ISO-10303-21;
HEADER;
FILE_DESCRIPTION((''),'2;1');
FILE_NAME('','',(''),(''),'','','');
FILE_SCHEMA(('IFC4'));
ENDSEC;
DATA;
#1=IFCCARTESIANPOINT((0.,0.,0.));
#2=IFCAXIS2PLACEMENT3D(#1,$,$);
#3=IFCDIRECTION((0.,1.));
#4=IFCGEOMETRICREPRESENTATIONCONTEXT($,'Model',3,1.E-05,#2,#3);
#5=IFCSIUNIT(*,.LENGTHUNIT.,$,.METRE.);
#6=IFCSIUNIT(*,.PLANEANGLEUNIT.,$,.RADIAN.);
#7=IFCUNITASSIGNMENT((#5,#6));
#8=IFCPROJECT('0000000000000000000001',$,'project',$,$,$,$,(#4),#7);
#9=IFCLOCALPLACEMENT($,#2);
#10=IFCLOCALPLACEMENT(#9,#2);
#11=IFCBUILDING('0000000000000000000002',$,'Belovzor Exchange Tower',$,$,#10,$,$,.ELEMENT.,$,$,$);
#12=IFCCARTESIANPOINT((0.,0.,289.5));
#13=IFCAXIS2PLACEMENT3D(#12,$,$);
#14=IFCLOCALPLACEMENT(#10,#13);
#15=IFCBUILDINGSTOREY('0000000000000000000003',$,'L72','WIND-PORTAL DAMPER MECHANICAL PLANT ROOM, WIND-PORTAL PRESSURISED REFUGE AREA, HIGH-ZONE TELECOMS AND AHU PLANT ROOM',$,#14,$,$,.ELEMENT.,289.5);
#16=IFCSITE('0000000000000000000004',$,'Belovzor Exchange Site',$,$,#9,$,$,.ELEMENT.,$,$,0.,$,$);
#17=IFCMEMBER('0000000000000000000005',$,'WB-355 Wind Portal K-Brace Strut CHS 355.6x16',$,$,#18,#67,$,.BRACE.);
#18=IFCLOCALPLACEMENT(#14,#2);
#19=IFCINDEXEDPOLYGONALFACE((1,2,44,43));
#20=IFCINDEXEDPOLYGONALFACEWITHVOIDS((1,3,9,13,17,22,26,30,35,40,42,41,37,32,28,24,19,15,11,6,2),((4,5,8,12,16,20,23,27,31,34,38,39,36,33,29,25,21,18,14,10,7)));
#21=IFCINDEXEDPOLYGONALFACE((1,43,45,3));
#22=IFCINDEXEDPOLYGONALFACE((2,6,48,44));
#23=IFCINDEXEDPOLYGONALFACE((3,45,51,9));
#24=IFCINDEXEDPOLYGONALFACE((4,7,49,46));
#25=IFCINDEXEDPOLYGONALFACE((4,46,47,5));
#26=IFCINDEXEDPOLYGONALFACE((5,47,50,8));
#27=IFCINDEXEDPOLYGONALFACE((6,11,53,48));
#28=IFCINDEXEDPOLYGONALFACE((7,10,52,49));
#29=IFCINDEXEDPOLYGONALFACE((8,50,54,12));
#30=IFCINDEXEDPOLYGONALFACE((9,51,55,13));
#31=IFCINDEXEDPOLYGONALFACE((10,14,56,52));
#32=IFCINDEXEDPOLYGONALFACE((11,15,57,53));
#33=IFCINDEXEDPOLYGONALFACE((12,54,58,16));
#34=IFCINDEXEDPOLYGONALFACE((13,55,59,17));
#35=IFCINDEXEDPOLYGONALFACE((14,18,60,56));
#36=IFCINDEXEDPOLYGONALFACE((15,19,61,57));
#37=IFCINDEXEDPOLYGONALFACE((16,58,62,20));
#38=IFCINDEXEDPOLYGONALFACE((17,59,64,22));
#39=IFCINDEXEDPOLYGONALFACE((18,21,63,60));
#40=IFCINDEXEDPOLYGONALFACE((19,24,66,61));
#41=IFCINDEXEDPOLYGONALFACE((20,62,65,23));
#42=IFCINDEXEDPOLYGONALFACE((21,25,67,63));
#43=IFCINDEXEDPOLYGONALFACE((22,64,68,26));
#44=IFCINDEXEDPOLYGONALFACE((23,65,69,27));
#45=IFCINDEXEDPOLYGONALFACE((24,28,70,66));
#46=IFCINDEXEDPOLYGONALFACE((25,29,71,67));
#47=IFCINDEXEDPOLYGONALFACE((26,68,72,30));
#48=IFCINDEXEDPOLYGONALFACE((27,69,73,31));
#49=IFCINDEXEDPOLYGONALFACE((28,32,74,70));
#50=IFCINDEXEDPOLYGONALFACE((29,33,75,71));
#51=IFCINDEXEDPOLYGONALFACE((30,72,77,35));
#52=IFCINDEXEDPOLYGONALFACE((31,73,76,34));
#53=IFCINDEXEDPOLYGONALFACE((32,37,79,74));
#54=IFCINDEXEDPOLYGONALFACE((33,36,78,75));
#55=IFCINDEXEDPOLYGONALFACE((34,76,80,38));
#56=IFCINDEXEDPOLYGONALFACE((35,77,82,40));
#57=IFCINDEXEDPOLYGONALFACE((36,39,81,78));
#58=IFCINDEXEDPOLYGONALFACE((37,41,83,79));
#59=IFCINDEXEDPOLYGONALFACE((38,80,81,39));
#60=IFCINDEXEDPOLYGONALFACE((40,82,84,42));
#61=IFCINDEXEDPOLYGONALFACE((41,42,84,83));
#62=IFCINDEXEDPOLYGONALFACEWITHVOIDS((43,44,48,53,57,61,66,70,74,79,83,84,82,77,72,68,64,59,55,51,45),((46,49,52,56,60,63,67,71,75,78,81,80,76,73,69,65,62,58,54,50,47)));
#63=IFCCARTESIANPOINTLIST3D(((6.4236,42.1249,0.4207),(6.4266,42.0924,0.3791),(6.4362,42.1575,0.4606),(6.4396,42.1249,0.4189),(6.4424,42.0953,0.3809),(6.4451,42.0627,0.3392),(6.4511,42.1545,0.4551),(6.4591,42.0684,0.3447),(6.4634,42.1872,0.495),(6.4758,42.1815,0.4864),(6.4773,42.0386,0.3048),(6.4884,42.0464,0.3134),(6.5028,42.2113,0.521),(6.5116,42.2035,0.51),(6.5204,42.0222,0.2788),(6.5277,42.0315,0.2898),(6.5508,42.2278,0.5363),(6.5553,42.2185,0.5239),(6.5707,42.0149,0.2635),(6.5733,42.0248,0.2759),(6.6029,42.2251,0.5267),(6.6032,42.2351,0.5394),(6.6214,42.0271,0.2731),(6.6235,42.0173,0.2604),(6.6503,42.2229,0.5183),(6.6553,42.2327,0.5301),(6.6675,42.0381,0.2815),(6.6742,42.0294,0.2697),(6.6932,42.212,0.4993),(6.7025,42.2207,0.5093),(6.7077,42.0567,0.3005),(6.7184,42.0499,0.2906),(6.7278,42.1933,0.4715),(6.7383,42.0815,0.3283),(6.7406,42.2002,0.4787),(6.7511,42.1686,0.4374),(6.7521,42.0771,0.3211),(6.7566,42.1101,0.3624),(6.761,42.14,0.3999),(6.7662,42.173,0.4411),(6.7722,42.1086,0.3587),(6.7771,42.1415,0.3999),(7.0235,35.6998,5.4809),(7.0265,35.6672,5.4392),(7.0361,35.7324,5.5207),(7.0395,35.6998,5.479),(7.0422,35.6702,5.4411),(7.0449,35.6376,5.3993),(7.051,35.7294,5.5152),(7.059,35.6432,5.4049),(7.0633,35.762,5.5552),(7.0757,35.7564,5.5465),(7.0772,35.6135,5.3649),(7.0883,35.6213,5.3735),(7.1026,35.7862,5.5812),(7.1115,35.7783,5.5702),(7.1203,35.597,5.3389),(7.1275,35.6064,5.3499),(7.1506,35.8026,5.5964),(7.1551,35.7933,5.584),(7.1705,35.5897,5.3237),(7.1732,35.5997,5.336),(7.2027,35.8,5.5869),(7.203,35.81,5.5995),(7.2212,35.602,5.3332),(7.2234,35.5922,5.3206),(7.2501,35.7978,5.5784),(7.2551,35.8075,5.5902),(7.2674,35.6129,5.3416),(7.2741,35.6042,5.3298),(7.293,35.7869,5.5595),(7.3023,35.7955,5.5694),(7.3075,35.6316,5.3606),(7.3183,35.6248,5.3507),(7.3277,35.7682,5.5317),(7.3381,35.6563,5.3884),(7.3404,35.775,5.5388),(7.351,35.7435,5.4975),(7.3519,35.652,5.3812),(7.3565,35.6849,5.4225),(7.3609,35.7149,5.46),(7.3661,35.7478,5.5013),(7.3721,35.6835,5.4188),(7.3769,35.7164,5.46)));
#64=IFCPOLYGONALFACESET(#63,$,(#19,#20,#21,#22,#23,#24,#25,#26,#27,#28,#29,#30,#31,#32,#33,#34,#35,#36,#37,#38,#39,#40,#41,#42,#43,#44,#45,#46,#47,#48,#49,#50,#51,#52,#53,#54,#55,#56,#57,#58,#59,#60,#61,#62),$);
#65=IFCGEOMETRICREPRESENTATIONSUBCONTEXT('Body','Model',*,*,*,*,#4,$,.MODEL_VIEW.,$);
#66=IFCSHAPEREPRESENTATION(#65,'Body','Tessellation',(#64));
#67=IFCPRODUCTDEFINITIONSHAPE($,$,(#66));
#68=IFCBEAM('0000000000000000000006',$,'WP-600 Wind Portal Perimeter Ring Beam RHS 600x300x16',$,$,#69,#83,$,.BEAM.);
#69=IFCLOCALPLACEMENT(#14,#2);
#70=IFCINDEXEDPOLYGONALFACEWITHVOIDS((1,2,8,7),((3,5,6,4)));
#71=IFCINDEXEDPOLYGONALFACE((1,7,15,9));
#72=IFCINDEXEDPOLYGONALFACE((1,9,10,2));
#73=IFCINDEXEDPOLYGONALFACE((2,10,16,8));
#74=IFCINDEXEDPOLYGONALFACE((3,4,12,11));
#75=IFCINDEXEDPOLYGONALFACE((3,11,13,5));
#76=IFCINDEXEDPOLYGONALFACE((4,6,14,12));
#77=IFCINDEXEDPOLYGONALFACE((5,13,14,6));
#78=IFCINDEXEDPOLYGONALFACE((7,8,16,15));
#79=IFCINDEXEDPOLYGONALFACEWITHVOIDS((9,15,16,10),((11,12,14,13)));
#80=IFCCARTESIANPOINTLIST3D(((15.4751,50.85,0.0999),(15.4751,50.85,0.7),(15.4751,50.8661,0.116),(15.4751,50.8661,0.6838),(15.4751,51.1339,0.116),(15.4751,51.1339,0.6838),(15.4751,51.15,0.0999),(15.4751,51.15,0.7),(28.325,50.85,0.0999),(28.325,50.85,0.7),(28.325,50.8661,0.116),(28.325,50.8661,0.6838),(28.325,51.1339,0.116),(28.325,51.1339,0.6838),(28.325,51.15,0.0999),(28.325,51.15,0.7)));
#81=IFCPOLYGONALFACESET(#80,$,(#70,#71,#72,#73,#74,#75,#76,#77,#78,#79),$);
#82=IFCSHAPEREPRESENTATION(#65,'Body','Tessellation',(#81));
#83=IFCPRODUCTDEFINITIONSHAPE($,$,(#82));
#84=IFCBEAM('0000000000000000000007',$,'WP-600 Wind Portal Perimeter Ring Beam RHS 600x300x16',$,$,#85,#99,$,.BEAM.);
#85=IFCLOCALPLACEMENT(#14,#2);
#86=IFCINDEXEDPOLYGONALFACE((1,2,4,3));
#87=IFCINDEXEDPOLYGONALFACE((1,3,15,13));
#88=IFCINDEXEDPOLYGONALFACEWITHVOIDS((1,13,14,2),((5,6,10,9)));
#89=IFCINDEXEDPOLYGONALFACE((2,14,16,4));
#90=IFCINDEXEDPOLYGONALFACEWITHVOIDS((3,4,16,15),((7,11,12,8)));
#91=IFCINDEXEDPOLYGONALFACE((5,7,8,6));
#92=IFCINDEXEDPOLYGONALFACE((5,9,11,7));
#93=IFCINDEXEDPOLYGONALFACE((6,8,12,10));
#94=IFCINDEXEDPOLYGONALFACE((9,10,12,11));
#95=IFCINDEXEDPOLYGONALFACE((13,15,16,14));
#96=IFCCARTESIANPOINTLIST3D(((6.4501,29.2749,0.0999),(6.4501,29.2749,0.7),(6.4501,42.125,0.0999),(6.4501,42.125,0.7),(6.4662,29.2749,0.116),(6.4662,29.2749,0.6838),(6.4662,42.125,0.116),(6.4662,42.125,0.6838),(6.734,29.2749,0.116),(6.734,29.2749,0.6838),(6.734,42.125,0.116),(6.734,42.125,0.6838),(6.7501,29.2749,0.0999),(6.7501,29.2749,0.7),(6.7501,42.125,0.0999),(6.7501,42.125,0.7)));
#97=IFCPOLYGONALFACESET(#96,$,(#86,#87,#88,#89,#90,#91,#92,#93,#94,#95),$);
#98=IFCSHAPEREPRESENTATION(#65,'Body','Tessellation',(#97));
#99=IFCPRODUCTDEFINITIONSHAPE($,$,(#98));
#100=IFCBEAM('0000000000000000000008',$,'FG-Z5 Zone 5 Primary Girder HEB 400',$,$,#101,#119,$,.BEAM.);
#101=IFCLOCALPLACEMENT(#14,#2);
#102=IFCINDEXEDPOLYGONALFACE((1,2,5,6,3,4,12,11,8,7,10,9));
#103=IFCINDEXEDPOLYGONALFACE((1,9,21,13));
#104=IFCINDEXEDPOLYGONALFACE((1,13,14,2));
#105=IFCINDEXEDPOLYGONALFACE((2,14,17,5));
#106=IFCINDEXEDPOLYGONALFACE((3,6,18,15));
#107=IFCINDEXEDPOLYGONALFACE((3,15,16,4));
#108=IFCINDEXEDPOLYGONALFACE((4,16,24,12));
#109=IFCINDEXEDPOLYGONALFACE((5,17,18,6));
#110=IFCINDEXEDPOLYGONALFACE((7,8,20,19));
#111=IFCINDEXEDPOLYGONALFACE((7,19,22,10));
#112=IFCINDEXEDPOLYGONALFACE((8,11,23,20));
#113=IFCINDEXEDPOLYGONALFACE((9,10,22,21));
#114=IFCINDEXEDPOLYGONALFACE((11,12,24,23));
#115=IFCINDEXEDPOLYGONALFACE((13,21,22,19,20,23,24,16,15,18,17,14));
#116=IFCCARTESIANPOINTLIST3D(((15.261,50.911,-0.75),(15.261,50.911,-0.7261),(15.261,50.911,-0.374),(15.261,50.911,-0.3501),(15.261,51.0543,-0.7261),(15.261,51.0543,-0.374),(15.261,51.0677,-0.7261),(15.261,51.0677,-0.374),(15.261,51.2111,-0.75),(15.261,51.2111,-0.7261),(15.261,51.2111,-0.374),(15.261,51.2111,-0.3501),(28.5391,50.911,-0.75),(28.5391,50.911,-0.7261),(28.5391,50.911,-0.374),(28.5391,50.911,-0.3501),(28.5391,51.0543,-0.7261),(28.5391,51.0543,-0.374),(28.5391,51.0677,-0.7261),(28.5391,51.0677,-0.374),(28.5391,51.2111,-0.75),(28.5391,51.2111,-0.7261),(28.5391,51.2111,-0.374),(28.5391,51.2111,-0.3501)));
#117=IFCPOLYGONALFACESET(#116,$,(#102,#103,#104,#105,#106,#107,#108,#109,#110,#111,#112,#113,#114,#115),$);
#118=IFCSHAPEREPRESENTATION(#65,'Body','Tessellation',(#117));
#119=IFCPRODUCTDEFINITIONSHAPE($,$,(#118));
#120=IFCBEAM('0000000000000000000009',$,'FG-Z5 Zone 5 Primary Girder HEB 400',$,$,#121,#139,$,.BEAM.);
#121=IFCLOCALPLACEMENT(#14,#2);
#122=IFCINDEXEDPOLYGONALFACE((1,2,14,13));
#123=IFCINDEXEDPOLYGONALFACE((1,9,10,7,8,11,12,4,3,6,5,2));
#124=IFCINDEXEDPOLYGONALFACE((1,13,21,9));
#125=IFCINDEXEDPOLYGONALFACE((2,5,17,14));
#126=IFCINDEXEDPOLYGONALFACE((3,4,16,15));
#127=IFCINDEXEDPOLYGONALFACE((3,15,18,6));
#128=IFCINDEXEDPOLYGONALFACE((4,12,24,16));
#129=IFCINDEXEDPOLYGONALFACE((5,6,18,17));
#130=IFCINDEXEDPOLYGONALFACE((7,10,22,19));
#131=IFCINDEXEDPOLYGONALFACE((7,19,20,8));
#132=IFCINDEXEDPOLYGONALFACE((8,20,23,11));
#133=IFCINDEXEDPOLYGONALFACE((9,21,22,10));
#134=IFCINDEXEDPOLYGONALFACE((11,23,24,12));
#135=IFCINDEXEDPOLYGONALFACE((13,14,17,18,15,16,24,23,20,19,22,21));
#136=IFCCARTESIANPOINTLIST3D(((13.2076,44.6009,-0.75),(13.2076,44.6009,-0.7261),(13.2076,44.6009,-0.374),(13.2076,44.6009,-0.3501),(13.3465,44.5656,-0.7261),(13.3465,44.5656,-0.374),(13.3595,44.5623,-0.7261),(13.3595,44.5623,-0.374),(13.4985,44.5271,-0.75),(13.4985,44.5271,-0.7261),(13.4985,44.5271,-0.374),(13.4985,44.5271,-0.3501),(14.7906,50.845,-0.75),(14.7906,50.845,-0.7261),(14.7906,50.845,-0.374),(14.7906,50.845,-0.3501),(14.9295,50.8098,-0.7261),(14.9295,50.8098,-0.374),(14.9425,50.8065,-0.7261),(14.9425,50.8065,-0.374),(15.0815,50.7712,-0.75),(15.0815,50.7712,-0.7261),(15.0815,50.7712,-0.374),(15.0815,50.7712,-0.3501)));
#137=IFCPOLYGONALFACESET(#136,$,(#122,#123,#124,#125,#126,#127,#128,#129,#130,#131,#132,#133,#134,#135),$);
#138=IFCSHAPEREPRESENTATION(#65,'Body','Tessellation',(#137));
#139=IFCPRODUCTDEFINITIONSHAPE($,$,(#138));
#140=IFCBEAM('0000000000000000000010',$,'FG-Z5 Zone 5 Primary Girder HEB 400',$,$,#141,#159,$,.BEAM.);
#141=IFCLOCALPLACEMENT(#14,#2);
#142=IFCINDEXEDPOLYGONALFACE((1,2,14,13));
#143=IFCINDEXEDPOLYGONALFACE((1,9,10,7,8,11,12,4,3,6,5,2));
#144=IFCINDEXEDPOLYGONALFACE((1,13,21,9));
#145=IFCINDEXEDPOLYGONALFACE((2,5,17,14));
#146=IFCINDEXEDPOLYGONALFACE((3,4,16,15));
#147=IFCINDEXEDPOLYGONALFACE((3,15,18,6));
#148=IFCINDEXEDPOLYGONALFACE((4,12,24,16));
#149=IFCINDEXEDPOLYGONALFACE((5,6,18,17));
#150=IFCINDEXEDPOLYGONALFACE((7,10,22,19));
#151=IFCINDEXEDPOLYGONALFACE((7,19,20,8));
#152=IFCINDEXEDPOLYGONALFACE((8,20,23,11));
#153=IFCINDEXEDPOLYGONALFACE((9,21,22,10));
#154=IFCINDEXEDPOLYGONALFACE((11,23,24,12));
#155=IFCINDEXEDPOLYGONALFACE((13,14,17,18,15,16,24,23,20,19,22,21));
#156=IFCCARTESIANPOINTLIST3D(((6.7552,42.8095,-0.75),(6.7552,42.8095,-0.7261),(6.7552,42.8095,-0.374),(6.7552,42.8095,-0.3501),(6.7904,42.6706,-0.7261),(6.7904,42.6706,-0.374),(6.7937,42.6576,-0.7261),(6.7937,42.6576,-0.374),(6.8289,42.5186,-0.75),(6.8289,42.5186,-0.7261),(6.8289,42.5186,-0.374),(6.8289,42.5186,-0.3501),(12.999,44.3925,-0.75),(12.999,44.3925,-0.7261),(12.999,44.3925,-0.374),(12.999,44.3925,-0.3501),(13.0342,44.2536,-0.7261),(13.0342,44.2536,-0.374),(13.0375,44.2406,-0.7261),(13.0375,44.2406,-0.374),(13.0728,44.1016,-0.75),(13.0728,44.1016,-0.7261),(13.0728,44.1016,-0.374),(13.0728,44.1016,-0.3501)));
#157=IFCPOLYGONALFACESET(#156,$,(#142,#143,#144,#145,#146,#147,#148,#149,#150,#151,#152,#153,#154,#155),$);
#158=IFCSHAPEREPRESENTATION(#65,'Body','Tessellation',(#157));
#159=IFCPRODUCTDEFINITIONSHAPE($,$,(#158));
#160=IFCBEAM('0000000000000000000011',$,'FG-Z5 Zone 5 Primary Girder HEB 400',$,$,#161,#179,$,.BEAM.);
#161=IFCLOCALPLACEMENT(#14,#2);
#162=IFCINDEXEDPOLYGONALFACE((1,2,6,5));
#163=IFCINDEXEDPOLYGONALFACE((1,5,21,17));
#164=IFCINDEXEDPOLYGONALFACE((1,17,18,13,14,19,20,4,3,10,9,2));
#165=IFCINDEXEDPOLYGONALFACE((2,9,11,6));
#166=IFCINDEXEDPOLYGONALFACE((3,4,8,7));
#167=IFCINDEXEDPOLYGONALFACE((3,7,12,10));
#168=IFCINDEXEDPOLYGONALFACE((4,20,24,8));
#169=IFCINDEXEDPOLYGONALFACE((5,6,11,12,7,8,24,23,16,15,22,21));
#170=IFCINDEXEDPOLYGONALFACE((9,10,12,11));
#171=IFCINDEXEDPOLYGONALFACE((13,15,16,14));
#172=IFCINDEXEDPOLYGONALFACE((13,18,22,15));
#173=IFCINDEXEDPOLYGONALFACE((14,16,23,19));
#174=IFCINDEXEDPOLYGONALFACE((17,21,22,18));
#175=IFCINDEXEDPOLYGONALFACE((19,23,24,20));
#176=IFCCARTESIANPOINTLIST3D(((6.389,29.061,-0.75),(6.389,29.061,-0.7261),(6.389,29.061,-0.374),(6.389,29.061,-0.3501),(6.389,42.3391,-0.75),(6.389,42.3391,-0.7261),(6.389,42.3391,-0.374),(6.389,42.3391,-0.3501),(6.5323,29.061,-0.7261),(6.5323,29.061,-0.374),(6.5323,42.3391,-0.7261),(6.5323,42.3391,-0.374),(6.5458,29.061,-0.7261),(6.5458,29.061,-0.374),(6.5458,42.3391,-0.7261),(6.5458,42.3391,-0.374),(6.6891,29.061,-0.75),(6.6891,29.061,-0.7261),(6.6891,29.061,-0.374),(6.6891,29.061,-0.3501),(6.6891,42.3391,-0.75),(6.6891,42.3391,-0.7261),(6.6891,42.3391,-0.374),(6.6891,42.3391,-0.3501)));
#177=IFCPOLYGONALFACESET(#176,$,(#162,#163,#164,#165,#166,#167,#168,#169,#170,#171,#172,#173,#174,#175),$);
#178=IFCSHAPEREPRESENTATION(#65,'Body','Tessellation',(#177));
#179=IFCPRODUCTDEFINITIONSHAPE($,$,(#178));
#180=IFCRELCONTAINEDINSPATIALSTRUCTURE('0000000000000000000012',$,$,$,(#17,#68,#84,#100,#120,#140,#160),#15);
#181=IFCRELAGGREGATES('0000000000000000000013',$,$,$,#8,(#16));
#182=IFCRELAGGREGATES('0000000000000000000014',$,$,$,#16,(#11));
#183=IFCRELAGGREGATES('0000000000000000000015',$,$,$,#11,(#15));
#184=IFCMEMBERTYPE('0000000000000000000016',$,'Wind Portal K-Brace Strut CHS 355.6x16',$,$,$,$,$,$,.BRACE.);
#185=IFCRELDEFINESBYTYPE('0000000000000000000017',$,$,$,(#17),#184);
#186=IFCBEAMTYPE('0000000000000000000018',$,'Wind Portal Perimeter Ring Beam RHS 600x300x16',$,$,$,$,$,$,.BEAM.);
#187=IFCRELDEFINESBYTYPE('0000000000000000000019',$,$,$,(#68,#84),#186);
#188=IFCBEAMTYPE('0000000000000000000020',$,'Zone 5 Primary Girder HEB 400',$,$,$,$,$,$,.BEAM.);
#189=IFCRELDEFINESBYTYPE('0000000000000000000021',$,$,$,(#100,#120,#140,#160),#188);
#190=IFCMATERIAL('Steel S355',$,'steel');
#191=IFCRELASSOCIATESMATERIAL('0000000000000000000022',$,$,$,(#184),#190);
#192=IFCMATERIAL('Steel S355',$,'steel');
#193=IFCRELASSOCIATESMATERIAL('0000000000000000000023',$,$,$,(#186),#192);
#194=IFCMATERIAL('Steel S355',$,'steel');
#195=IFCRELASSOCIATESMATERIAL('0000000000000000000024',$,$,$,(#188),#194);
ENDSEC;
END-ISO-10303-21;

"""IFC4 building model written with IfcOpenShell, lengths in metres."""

from ifc_helpers import new_model, si_unit, direction, frame, origin, origin_2d, place, context, subcontext, project, spatial, hollow_rectangle, hollow_circle, i_section, extrude, material, material_profile, profile_set, type_object, element, save


model = new_model("IFC4")

# Units and contexts
model_context = context("Model", 3, precision=1e-05, world=origin(), true_north=direction((0.0, 1.0)))
body_context = subcontext(model_context, "Body", "Model", "MODEL_VIEW")
ifc_project = project(units=[si_unit("LENGTHUNIT", "METRE"), si_unit("PLANEANGLEUNIT", "RADIAN")], contexts=[model_context])

# Site, building, storey
site_placement = place(None, origin())
site = spatial("IfcSite", under=ifc_project, at=site_placement, Name="Belovzor Exchange Site", CompositionType="ELEMENT", RefElevation=0.0)
building_placement = place(site_placement, origin())
building = spatial("IfcBuilding", under=site, at=building_placement, Name="Belovzor Exchange Tower", CompositionType="ELEMENT")
storey_placement = place(building_placement, frame((0.0, 0.0, 289.5)))
storey = spatial("IfcBuildingStorey", under=building, at=storey_placement, Name="L72", Description="WIND-PORTAL DAMPER MECHANICAL PLANT ROOM, WIND-PORTAL PRESSURISED REFUGE AREA, HIGH-ZONE TELECOMS AND AHU PLANT ROOM", CompositionType="ELEMENT", Elevation=289.5)

# Member
ifc_material_1 = material(Name="Steel S355", Category="steel")
ifc_material_profile_1 = material_profile(ifc_material_1, hollow_circle(Radius=0.1777, WallThickness=0.0161, at=origin_2d()))
ifc_profile_set_1 = profile_set([ifc_material_profile_1], Name="Steel S355")
member_type = type_object("IfcMemberType", Name="Wind Portal K-Brace Strut CHS 355.6x16", PredefinedType="BRACE", material=ifc_profile_set_1)
member_1_placement = place(storey_placement, frame((6.6001, 42.125, 0.3999), z_axis=(0.07315, -0.783512, 0.617056), x_axis=(0.99567, 0.092957, 0.0)))
element("IfcMember", 1, at=member_1_placement, inside=storey, type_object=member_type, Name="WB-355 Wind Portal K-Brace Strut CHS 355.6x16", PredefinedType="BRACE", context=body_context, shape_type="SweptSolid", body=[
    extrude(hollow_circle(Radius=0.1777, WallThickness=0.0161, at=origin_2d()), origin(), (0.0, 0.0, 1.0), 8.2004),
])

# Beams
ifc_material_2 = material(Name="Steel S355", Category="steel")
ifc_material_profile_2 = material_profile(ifc_material_2, hollow_rectangle(XDim=0.3, YDim=0.6001, WallThickness=0.0161, at=origin_2d()))
ifc_profile_set_2 = profile_set([ifc_material_profile_2], Name="Steel S355")
beam_type_1 = type_object("IfcBeamType", Name="Wind Portal Perimeter Ring Beam RHS 600x300x16", PredefinedType="BEAM", material=ifc_profile_set_2)
beam_1_placement = place(storey_placement, frame((28.325, 51.0, 0.3999), z_axis=(-1.0, 0.0, 0.0), x_axis=(0.0, -1.0, 0.0)))
element("IfcBeam", 2, at=beam_1_placement, inside=storey, type_object=beam_type_1, Name="WP-600 Wind Portal Perimeter Ring Beam RHS 600x300x16", PredefinedType="BEAM", context=body_context, shape_type="SweptSolid", body=[
    extrude(hollow_rectangle(XDim=0.3, YDim=0.6001, WallThickness=0.0161, at=origin_2d()), origin(), (0.0, 0.0, 1.0), 12.8499),
])
beam_2_placement = place(storey_placement, frame((6.6001, 42.125, 0.3999), z_axis=(0.0, -1.0, 0.0), x_axis=(1.0, 0.0, 0.0)))
element("IfcBeam", 3, at=beam_2_placement, inside=storey, type_object=beam_type_1, Name="WP-600 Wind Portal Perimeter Ring Beam RHS 600x300x16", PredefinedType="BEAM", context=body_context, shape_type="SweptSolid", body=[
    extrude(hollow_rectangle(XDim=0.3, YDim=0.6001, WallThickness=0.0161, at=origin_2d()), origin(), (0.0, 0.0, 1.0), 12.8501),
])
ifc_material_3 = material(Name="Steel S355", Category="steel")
ifc_material_profile_3 = material_profile(ifc_material_3, i_section(OverallWidth=0.3, OverallDepth=0.3999, WebThickness=0.0134, FlangeThickness=0.0239, at=origin_2d()))
ifc_profile_set_3 = profile_set([ifc_material_profile_3], Name="Steel S355")
beam_type_2 = type_object("IfcBeamType", Name="Zone 5 Primary Girder HEB 400", PredefinedType="BEAM", material=ifc_profile_set_3)
beam_3_placement = place(storey_placement, frame((28.5391, 51.061, -0.55), z_axis=(-1.0, 0.0, 0.0), x_axis=(0.0, -1.0, 0.0)))
element("IfcBeam", 4, at=beam_3_placement, inside=storey, type_object=beam_type_2, Name="FG-Z5 Zone 5 Primary Girder HEB 400", PredefinedType="BEAM", context=body_context, shape_type="SweptSolid", body=[
    extrude(i_section(OverallWidth=0.3, OverallDepth=0.3999, WebThickness=0.0134, FlangeThickness=0.0239, at=origin_2d()), origin(), (0.0, 0.0, 1.0), 13.2781),
])
beam_4_placement = place(storey_placement, frame((14.936, 50.8081, -0.55), z_axis=(-0.245745, -0.969335, 0.0), x_axis=(0.969335, -0.245745, 0.0)))
element("IfcBeam", 5, at=beam_4_placement, inside=storey, type_object=beam_type_2, Name="FG-Z5 Zone 5 Primary Girder HEB 400", PredefinedType="BEAM", context=body_context, shape_type="SweptSolid", body=[
    extrude(i_section(OverallWidth=0.3, OverallDepth=0.3999, WebThickness=0.0134, FlangeThickness=0.0239, at=origin_2d()), origin(), (0.0, 0.0, 1.0), 6.4417),
])
beam_5_placement = place(storey_placement, frame((13.0359, 44.2471, -0.55), z_axis=(-0.969332, -0.245754, 0.0), x_axis=(0.245754, -0.969332, 0.0)))
element("IfcBeam", 6, at=beam_5_placement, inside=storey, type_object=beam_type_2, Name="FG-Z5 Zone 5 Primary Girder HEB 400", PredefinedType="BEAM", context=body_context, shape_type="SweptSolid", body=[
    extrude(i_section(OverallWidth=0.3, OverallDepth=0.3999, WebThickness=0.0134, FlangeThickness=0.0239, at=origin_2d()), origin(), (0.0, 0.0, 1.0), 6.4414),
])
beam_6_placement = place(storey_placement, frame((6.5391, 42.3391, -0.55), z_axis=(0.0, -1.0, 0.0), x_axis=(1.0, 0.0, 0.0)))
element("IfcBeam", 7, at=beam_6_placement, inside=storey, type_object=beam_type_2, Name="FG-Z5 Zone 5 Primary Girder HEB 400", PredefinedType="BEAM", context=body_context, shape_type="SweptSolid", body=[
    extrude(i_section(OverallWidth=0.3, OverallDepth=0.3999, WebThickness=0.0134, FlangeThickness=0.0239, at=origin_2d()), origin(), (0.0, 0.0, 1.0), 13.2781),
])

save(model, "model.ifc")
